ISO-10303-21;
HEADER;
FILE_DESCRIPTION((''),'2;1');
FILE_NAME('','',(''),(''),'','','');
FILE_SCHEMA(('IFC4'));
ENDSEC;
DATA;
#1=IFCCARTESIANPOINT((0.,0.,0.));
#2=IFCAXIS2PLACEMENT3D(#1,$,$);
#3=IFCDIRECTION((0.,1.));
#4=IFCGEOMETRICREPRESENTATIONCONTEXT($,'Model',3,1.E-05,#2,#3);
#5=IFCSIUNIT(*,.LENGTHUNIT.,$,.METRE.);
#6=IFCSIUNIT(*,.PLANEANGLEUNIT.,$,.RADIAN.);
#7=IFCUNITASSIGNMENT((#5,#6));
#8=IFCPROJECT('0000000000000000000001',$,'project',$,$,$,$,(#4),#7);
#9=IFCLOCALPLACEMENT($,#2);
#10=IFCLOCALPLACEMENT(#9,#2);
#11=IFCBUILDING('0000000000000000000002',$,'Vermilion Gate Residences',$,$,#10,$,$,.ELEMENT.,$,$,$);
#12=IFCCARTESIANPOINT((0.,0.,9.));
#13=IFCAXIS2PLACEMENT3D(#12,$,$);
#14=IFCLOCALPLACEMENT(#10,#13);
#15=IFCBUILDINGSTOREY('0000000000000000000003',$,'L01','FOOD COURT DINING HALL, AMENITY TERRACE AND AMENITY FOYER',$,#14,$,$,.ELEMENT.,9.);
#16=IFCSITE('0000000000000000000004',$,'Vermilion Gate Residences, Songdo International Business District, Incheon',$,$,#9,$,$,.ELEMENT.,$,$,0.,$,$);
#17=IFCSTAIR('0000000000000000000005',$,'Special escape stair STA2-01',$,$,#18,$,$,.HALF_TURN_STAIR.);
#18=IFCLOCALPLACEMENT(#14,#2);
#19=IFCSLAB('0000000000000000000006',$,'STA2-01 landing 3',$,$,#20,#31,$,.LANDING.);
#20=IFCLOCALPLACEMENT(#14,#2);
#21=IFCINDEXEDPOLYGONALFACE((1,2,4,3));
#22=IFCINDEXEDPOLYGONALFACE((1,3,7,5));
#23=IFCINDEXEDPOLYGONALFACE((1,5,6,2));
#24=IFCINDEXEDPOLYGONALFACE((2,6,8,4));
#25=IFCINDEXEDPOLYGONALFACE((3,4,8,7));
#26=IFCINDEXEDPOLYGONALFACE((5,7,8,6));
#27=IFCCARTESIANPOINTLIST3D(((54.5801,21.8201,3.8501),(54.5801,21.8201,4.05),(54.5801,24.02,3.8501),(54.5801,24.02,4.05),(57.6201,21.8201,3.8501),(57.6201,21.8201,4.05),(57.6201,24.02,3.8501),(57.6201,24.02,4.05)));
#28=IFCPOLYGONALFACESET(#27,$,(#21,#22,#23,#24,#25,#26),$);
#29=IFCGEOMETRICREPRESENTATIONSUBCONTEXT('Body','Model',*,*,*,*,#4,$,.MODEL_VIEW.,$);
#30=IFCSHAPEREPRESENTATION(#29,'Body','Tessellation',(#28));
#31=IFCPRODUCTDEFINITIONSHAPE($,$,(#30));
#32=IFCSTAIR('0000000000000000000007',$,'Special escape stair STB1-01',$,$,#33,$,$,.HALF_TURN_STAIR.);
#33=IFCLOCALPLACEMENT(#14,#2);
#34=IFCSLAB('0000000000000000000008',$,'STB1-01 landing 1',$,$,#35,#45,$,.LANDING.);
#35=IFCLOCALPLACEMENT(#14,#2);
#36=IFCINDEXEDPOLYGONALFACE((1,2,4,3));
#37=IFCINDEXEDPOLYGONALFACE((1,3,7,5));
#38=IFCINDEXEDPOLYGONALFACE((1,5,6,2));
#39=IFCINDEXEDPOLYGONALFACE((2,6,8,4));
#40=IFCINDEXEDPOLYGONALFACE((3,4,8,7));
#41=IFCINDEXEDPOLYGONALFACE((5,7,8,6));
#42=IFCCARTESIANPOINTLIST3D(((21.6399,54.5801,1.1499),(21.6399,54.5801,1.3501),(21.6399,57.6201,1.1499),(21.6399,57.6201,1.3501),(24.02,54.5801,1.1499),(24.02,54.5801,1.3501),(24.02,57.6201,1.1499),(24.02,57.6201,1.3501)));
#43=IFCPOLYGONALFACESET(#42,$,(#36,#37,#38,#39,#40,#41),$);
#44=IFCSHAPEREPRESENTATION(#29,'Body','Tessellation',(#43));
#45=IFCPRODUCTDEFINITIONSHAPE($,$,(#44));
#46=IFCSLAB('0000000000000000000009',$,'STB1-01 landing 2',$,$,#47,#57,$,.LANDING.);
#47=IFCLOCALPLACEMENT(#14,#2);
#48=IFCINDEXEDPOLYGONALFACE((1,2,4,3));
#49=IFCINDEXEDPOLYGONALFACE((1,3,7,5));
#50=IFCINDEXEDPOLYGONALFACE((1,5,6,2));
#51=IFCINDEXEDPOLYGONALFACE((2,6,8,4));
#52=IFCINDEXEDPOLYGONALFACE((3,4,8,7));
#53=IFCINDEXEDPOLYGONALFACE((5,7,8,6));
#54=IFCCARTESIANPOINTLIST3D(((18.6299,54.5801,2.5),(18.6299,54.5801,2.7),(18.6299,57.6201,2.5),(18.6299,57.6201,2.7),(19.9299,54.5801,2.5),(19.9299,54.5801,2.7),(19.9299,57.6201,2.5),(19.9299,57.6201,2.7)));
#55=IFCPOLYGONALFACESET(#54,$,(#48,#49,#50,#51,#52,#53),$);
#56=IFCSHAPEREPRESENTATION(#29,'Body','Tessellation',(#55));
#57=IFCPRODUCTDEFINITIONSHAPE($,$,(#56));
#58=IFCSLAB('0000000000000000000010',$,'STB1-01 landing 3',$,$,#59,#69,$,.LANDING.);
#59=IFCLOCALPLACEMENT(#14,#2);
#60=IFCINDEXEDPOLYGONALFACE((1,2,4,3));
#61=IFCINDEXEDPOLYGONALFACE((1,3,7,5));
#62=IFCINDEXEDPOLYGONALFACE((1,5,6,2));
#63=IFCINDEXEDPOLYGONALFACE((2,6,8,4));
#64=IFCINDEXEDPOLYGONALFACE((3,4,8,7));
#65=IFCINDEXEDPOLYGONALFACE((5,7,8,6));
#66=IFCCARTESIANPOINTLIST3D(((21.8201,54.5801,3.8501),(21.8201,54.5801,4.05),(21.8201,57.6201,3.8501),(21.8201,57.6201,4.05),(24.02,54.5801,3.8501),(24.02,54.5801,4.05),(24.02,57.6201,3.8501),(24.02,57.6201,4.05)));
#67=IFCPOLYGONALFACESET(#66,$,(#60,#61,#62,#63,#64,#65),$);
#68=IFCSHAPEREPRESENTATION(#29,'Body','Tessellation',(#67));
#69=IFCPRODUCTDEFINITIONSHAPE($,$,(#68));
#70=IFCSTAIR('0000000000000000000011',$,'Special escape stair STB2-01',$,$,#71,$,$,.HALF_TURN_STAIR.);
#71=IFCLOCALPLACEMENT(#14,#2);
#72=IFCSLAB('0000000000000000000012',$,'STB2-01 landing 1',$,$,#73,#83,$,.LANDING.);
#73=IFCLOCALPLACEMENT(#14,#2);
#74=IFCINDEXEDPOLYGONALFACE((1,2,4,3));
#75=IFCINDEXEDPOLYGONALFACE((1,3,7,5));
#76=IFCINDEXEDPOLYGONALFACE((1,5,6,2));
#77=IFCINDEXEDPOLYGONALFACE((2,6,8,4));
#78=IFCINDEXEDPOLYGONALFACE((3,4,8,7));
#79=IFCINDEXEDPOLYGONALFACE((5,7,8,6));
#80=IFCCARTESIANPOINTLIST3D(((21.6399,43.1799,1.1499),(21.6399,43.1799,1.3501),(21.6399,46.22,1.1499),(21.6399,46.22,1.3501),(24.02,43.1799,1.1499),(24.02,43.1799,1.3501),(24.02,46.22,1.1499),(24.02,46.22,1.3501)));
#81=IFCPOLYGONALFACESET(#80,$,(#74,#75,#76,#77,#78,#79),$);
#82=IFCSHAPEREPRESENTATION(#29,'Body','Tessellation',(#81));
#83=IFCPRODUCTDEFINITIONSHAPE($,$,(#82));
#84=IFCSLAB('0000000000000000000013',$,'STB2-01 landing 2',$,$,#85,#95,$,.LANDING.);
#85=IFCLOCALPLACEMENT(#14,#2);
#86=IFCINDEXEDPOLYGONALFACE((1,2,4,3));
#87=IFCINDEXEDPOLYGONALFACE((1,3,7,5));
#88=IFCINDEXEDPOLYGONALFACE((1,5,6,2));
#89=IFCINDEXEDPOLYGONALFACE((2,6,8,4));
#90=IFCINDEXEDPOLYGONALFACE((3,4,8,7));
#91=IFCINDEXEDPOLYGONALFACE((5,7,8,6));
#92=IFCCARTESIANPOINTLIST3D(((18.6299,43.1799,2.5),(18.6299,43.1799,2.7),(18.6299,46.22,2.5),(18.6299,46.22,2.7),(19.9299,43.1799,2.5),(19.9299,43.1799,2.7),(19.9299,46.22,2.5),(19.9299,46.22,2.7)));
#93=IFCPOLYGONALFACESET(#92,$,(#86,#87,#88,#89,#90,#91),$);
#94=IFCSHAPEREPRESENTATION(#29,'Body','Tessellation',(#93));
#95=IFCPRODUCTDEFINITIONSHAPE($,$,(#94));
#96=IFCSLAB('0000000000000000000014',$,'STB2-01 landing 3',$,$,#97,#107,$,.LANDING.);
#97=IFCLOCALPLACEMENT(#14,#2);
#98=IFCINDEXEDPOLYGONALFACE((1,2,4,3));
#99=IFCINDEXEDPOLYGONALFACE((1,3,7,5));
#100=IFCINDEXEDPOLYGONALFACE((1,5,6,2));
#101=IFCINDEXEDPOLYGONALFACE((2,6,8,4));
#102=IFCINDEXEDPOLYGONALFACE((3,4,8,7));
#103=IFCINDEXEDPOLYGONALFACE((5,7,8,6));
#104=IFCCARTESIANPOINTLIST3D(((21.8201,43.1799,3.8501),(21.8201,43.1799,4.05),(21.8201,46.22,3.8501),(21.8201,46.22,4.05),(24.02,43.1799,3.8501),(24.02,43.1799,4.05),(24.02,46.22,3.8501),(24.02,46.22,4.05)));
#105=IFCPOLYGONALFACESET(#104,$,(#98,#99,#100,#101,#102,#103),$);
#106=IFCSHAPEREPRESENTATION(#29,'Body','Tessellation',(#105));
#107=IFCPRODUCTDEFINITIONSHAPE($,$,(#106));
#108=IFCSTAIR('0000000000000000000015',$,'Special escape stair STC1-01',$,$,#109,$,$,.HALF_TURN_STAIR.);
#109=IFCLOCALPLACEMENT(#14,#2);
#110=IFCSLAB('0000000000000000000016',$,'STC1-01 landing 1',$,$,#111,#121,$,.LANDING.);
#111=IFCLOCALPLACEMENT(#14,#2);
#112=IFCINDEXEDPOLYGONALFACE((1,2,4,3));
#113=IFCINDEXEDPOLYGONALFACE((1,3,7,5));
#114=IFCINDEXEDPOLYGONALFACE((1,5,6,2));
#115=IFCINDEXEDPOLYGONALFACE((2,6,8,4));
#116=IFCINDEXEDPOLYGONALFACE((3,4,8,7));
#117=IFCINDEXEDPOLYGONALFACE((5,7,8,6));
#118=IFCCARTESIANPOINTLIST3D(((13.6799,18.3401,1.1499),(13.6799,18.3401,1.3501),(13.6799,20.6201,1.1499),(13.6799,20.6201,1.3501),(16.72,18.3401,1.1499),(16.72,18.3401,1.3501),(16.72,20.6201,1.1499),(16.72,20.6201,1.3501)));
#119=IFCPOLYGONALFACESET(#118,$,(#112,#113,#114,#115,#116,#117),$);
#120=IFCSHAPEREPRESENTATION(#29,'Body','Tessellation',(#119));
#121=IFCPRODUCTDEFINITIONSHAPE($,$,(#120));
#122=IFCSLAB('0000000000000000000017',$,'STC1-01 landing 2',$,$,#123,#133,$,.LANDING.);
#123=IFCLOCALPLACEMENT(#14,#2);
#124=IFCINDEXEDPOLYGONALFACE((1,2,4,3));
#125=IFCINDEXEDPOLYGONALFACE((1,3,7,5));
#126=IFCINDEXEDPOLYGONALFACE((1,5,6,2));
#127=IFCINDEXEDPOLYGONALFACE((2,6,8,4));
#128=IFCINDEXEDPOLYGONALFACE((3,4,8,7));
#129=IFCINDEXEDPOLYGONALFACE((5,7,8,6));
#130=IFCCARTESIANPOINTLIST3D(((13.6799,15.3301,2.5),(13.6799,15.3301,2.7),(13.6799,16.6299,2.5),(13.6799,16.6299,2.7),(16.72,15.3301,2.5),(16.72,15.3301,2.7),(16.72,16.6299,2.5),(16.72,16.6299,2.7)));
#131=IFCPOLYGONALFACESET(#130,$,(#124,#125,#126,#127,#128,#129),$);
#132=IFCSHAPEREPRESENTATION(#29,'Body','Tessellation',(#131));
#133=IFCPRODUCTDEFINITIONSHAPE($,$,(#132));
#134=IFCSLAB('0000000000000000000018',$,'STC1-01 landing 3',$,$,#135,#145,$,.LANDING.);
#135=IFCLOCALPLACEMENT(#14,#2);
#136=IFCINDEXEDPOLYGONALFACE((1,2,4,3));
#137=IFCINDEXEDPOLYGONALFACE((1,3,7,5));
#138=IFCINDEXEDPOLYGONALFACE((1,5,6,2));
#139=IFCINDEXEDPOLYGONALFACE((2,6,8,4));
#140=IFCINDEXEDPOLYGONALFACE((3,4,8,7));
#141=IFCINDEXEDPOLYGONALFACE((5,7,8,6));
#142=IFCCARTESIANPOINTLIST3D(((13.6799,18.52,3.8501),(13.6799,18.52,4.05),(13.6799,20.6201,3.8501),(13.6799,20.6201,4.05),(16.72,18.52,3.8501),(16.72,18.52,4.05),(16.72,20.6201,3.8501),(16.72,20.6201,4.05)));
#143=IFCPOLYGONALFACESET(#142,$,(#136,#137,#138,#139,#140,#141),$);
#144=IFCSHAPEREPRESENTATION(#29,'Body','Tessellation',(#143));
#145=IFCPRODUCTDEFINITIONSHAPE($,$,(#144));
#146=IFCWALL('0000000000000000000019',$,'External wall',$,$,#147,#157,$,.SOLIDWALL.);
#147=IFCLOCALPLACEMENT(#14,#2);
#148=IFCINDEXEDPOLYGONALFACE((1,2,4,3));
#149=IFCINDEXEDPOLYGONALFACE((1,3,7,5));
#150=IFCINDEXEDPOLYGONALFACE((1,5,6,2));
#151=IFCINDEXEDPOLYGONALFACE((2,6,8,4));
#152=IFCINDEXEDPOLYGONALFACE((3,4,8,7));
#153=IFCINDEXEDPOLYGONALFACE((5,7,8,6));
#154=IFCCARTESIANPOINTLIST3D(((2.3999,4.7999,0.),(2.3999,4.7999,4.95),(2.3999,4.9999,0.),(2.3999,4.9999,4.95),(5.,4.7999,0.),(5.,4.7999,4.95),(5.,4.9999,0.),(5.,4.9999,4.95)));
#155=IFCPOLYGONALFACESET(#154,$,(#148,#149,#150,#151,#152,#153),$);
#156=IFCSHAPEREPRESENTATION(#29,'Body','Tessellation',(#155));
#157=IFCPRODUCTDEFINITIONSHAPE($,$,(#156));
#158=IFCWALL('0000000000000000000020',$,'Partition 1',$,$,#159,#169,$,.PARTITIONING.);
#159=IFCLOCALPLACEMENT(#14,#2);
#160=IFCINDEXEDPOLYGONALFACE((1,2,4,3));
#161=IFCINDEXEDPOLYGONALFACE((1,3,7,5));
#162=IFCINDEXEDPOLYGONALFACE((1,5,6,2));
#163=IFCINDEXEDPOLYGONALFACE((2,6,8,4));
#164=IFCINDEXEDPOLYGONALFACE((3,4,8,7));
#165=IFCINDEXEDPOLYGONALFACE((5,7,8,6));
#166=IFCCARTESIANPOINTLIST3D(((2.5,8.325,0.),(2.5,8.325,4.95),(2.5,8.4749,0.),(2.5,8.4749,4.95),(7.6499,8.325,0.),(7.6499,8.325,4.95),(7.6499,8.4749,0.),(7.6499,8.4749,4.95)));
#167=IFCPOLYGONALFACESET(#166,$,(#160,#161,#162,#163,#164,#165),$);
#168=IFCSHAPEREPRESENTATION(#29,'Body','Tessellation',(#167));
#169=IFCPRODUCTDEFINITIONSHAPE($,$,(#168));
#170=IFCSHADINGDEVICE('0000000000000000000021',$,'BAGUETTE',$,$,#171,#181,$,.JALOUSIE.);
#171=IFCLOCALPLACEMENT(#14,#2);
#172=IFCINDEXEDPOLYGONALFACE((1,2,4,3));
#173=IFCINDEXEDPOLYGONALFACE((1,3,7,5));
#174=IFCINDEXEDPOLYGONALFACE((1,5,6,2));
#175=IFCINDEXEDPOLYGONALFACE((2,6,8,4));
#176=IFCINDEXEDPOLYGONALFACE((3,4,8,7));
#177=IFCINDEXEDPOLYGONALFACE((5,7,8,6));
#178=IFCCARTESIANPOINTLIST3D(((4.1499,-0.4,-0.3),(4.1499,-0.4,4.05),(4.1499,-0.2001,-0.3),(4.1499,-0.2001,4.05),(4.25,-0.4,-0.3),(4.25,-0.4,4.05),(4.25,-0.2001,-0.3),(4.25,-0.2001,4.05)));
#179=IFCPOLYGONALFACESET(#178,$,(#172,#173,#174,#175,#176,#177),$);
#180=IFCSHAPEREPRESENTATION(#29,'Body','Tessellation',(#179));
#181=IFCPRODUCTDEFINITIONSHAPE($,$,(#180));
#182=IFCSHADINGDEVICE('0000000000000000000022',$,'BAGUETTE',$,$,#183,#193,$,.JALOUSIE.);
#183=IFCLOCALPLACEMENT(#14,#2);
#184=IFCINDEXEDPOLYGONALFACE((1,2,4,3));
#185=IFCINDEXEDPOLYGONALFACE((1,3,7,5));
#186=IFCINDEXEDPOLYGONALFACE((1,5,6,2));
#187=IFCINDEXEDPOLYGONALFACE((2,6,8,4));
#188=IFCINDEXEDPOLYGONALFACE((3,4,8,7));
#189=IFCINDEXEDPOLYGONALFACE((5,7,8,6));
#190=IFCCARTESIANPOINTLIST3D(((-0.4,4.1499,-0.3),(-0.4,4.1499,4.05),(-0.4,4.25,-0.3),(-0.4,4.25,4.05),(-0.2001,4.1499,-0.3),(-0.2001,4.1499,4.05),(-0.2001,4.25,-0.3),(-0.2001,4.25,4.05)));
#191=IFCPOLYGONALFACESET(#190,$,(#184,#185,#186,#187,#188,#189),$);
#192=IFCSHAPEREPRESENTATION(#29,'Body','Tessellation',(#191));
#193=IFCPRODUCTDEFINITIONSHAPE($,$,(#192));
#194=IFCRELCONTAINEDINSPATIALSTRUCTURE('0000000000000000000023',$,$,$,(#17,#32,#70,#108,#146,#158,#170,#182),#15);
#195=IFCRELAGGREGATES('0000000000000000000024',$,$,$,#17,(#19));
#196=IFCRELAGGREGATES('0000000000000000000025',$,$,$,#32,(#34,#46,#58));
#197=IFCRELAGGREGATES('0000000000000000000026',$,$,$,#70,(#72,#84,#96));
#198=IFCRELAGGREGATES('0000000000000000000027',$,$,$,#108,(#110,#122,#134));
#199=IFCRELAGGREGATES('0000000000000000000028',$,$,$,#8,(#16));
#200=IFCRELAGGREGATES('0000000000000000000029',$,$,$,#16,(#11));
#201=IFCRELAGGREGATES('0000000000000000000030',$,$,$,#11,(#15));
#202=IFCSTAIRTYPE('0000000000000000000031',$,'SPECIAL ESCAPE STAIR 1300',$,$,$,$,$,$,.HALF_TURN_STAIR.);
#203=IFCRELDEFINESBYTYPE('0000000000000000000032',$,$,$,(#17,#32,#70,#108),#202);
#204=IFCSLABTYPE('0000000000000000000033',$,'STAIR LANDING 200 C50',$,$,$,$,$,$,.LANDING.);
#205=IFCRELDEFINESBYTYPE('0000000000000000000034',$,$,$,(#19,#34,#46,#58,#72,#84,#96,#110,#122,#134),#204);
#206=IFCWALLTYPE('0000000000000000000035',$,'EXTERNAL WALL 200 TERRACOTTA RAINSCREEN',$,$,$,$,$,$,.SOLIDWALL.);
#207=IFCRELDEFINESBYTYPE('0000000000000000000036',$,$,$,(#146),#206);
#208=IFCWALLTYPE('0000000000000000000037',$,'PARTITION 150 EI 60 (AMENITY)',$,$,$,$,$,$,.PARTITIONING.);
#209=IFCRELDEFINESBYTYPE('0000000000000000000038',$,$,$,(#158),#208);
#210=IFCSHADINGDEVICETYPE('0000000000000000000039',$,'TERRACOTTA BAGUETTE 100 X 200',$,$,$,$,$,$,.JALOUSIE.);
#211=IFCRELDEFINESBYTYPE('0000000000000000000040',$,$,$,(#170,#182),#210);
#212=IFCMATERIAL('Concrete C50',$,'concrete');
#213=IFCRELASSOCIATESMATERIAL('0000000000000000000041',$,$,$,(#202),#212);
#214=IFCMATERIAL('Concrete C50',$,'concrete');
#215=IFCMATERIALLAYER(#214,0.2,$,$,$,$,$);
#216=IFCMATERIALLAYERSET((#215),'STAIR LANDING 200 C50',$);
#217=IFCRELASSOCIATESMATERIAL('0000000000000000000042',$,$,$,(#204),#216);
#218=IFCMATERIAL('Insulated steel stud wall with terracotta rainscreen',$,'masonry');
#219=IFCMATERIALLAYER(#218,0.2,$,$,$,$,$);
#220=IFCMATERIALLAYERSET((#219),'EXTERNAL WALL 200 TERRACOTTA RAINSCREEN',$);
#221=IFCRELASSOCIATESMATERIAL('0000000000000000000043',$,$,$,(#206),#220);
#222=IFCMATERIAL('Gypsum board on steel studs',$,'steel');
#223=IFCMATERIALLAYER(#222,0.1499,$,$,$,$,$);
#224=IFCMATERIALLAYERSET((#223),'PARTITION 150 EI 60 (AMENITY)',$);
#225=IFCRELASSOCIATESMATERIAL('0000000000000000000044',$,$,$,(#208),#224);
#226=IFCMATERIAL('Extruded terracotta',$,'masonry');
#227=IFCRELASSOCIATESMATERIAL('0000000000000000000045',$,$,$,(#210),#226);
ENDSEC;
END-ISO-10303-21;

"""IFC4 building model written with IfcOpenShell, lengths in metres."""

from ifc_helpers import new_model, si_unit, direction, frame, frame_2d, origin, origin_2d, place, context, subcontext, project, spatial, polyline, rectangle, outline, extrude, material, layer, layer_set, material_profile, profile_set, type_object, element, aggregate, save


model = new_model("IFC4")

# Units and contexts
model_context = context("Model", 3, precision=1e-05, world=origin(), true_north=direction((0.0, 1.0)))
body_context = subcontext(model_context, "Body", "Model", "MODEL_VIEW")
ifc_project = project(units=[si_unit("LENGTHUNIT", "METRE"), si_unit("PLANEANGLEUNIT", "RADIAN")], contexts=[model_context])

# Site, building, storey
site_placement = place(None, origin())
site = spatial("IfcSite", under=ifc_project, at=site_placement, Name="Vermilion Gate Residences, Songdo International Business District, Incheon", CompositionType="ELEMENT", RefElevation=0.0)
building_placement = place(site_placement, origin())
building = spatial("IfcBuilding", under=site, at=building_placement, Name="Vermilion Gate Residences", CompositionType="ELEMENT")
storey_placement = place(building_placement, frame((0.0, 0.0, 9.0)))
storey = spatial("IfcBuildingStorey", under=building, at=storey_placement, Name="L01", Description="FOOD COURT DINING HALL, AMENITY TERRACE AND AMENITY FOYER", CompositionType="ELEMENT", Elevation=9.0)

# Stairs, slabs
ifc_material_1 = material(Name="Concrete C50", Category="concrete")
stair_type_1 = type_object("IfcStairType", Name="SPECIAL ESCAPE STAIR 1300", PredefinedType="HALF_TURN_STAIR", material=ifc_material_1)
ifc_material_2 = material(Name="Concrete C50", Category="concrete")
ifc_layer_1 = layer(ifc_material_2, 0.2)
ifc_layer_set_1 = layer_set([ifc_layer_1], Name="STAIR LANDING 200 C50")
slab_type_1 = type_object("IfcSlabType", Name="STAIR LANDING 200 C50", PredefinedType="LANDING", material=ifc_layer_set_1)
stair_1_placement = place(storey_placement, origin())
stair_1 = element("IfcStair", 1, at=stair_1_placement, inside=storey, type_object=stair_type_1, Name="Special escape stair STA2-01", PredefinedType="HALF_TURN_STAIR")
slab_1_placement = place(storey_placement, frame((0.0, 0.0, 3.8501)))
slab_1 = element("IfcSlab", 2, at=slab_1_placement, type_object=slab_type_1, Name="STA2-01 landing 3", PredefinedType="LANDING", context=body_context, shape_type="SweptSolid", body=[
    extrude(outline(polyline([(57.6201, 21.8201), (57.6201, 24.02), (54.5801, 24.02), (54.5801, 21.8201), (57.6201, 21.8201)])), origin(), (0.0, 0.0, 1.0), 0.2),
])
aggregate(stair_1, [slab_1])
stair_2_placement = place(storey_placement, origin())
stair_2 = element("IfcStair", 3, at=stair_2_placement, inside=storey, type_object=stair_type_1, Name="Special escape stair STB1-01", PredefinedType="HALF_TURN_STAIR")
slab_2_placement = place(storey_placement, frame((0.0, 0.0, 1.1499)))
slab_2 = element("IfcSlab", 4, at=slab_2_placement, type_object=slab_type_1, Name="STB1-01 landing 1", PredefinedType="LANDING", context=body_context, shape_type="SweptSolid", body=[
    extrude(outline(polyline([(24.02, 54.5801), (24.02, 57.6201), (21.6399, 57.6201), (21.6399, 54.5801), (24.02, 54.5801)])), origin(), (0.0, 0.0, 1.0), 0.2002),
])
slab_3_placement = place(storey_placement, frame((0.0, 0.0, 2.5)))
slab_3 = element("IfcSlab", 5, at=slab_3_placement, type_object=slab_type_1, Name="STB1-01 landing 2", PredefinedType="LANDING", context=body_context, shape_type="SweptSolid", body=[
    extrude(outline(polyline([(19.9299, 54.5801), (19.9299, 57.6201), (18.6299, 57.6201), (18.6299, 54.5801), (19.9299, 54.5801)])), origin(), (0.0, 0.0, 1.0), 0.2),
])
slab_4_placement = place(storey_placement, frame((0.0, 0.0, 3.8501)))
slab_4 = element("IfcSlab", 6, at=slab_4_placement, type_object=slab_type_1, Name="STB1-01 landing 3", PredefinedType="LANDING", context=body_context, shape_type="SweptSolid", body=[
    extrude(outline(polyline([(24.02, 54.5801), (24.02, 57.6201), (21.8201, 57.6201), (21.8201, 54.5801), (24.02, 54.5801)])), origin(), (0.0, 0.0, 1.0), 0.2),
])
aggregate(stair_2, [slab_2, slab_3, slab_4])
stair_3_placement = place(storey_placement, origin())
stair_3 = element("IfcStair", 7, at=stair_3_placement, inside=storey, type_object=stair_type_1, Name="Special escape stair STB2-01", PredefinedType="HALF_TURN_STAIR")
slab_5_placement = place(storey_placement, frame((0.0, 0.0, 1.1499)))
slab_5 = element("IfcSlab", 8, at=slab_5_placement, type_object=slab_type_1, Name="STB2-01 landing 1", PredefinedType="LANDING", context=body_context, shape_type="SweptSolid", body=[
    extrude(outline(polyline([(24.02, 43.1799), (24.02, 46.22), (21.6399, 46.22), (21.6399, 43.1799), (24.02, 43.1799)])), origin(), (0.0, 0.0, 1.0), 0.2002),
])
slab_6_placement = place(storey_placement, frame((0.0, 0.0, 2.5)))
slab_6 = element("IfcSlab", 9, at=slab_6_placement, type_object=slab_type_1, Name="STB2-01 landing 2", PredefinedType="LANDING", context=body_context, shape_type="SweptSolid", body=[
    extrude(outline(polyline([(19.9299, 43.1799), (19.9299, 46.22), (18.6299, 46.22), (18.6299, 43.1799), (19.9299, 43.1799)])), origin(), (0.0, 0.0, 1.0), 0.2),
])
slab_7_placement = place(storey_placement, frame((0.0, 0.0, 3.8501)))
slab_7 = element("IfcSlab", 10, at=slab_7_placement, type_object=slab_type_1, Name="STB2-01 landing 3", PredefinedType="LANDING", context=body_context, shape_type="SweptSolid", body=[
    extrude(outline(polyline([(24.02, 43.1799), (24.02, 46.22), (21.8201, 46.22), (21.8201, 43.1799), (24.02, 43.1799)])), origin(), (0.0, 0.0, 1.0), 0.2),
])
aggregate(stair_3, [slab_5, slab_6, slab_7])
stair_4_placement = place(storey_placement, origin())
stair_4 = element("IfcStair", 11, at=stair_4_placement, inside=storey, type_object=stair_type_1, Name="Special escape stair STC1-01", PredefinedType="HALF_TURN_STAIR")
slab_8_placement = place(storey_placement, frame((0.0, 0.0, 1.1499)))
slab_8 = element("IfcSlab", 12, at=slab_8_placement, type_object=slab_type_1, Name="STC1-01 landing 1", PredefinedType="LANDING", context=body_context, shape_type="SweptSolid", body=[
    extrude(outline(polyline([(16.72, 18.3401), (16.72, 20.6201), (13.6799, 20.6201), (13.6799, 18.3401), (16.72, 18.3401)])), origin(), (0.0, 0.0, 1.0), 0.2002),
])
slab_9_placement = place(storey_placement, frame((0.0, 0.0, 2.5)))
slab_9 = element("IfcSlab", 13, at=slab_9_placement, type_object=slab_type_1, Name="STC1-01 landing 2", PredefinedType="LANDING", context=body_context, shape_type="SweptSolid", body=[
    extrude(outline(polyline([(16.72, 15.3301), (16.72, 16.6299), (13.6799, 16.6299), (13.6799, 15.3301), (16.72, 15.3301)])), origin(), (0.0, 0.0, 1.0), 0.2),
])
slab_10_placement = place(storey_placement, frame((0.0, 0.0, 3.8501)))
slab_10 = element("IfcSlab", 14, at=slab_10_placement, type_object=slab_type_1, Name="STC1-01 landing 3", PredefinedType="LANDING", context=body_context, shape_type="SweptSolid", body=[
    extrude(outline(polyline([(16.72, 18.52), (16.72, 20.6201), (13.6799, 20.6201), (13.6799, 18.52), (16.72, 18.52)])), origin(), (0.0, 0.0, 1.0), 0.2),
])
aggregate(stair_4, [slab_8, slab_9, slab_10])

# Walls
ifc_material_3 = material(Name="Insulated steel stud wall with terracotta rainscreen", Category="masonry")
ifc_layer_2 = layer(ifc_material_3, 0.2)
ifc_layer_set_2 = layer_set([ifc_layer_2], Name="EXTERNAL WALL 200 TERRACOTTA RAINSCREEN")
wall_type_1 = type_object("IfcWallType", Name="EXTERNAL WALL 200 TERRACOTTA RAINSCREEN", PredefinedType="SOLIDWALL", material=ifc_layer_set_2)
wall_1_placement = place(storey_placement, frame((2.3999, 4.8999, 0.0), z_axis=(0.0, 0.0, 1.0), x_axis=(1.0, 0.0, 0.0)))
element("IfcWall", 15, at=wall_1_placement, inside=storey, type_object=wall_type_1, Name="External wall", PredefinedType="SOLIDWALL", context=body_context, shape_type="SweptSolid", body=[
    extrude(rectangle(XDim=2.6001, YDim=0.2, at=frame_2d((1.3, 0.0))), origin(), (0.0, 0.0, 1.0), 4.95),
])
ifc_material_4 = material(Name="Gypsum board on steel studs", Category="steel")
ifc_layer_3 = layer(ifc_material_4, 0.1499)
ifc_layer_set_3 = layer_set([ifc_layer_3], Name="PARTITION 150 EI 60 (AMENITY)")
wall_type_2 = type_object("IfcWallType", Name="PARTITION 150 EI 60 (AMENITY)", PredefinedType="PARTITIONING", material=ifc_layer_set_3)
wall_2_placement = place(storey_placement, frame((2.5, 8.3999, 0.0), z_axis=(0.0, 0.0, 1.0), x_axis=(1.0, 0.0, 0.0)))
element("IfcWall", 16, at=wall_2_placement, inside=storey, type_object=wall_type_2, Name="Partition 1", PredefinedType="PARTITIONING", context=body_context, shape_type="SweptSolid", body=[
    extrude(rectangle(XDim=5.1499, YDim=0.1499, at=frame_2d((2.575, 0.0))), origin(), (0.0, 0.0, 1.0), 4.95),
])

# Shading devices
ifc_material_5 = material(Name="Extruded terracotta", Category="masonry")
ifc_material_profile_1 = material_profile(ifc_material_5, rectangle(XDim=0.2, YDim=0.1001, at=origin_2d()), Name="BAGUETTE 100 X 200")
ifc_profile_set_1 = profile_set([ifc_material_profile_1], Name="Extruded terracotta")
shading_device_type = type_object("IfcShadingDeviceType", Name="TERRACOTTA BAGUETTE 100 X 200", PredefinedType="JALOUSIE", material=ifc_profile_set_1)
for number, where, z_axis, x_axis, name in (
    (17, (4.2, -0.3, -0.3), (0.0, 0.0, 1.0), (0.0, 1.0, 0.0), "BAGUETTE"),
    (18, (-0.3, 4.2, -0.3), (0.0, 0.0, 1.0), (1.0, 0.0, 0.0), "BAGUETTE"),
):
    element("IfcShadingDevice", number, at=place(storey_placement, frame(where, z_axis=z_axis, x_axis=x_axis)), inside=storey, type_object=shading_device_type, Name=name, PredefinedType="JALOUSIE", context=body_context, shape_type="SweptSolid", body=[
        extrude(rectangle(XDim=0.2, YDim=0.1001, at=origin_2d()), origin(), (0.0, 0.0, 1.0), 4.3501),
    ])

save(model, "model.ifc")
